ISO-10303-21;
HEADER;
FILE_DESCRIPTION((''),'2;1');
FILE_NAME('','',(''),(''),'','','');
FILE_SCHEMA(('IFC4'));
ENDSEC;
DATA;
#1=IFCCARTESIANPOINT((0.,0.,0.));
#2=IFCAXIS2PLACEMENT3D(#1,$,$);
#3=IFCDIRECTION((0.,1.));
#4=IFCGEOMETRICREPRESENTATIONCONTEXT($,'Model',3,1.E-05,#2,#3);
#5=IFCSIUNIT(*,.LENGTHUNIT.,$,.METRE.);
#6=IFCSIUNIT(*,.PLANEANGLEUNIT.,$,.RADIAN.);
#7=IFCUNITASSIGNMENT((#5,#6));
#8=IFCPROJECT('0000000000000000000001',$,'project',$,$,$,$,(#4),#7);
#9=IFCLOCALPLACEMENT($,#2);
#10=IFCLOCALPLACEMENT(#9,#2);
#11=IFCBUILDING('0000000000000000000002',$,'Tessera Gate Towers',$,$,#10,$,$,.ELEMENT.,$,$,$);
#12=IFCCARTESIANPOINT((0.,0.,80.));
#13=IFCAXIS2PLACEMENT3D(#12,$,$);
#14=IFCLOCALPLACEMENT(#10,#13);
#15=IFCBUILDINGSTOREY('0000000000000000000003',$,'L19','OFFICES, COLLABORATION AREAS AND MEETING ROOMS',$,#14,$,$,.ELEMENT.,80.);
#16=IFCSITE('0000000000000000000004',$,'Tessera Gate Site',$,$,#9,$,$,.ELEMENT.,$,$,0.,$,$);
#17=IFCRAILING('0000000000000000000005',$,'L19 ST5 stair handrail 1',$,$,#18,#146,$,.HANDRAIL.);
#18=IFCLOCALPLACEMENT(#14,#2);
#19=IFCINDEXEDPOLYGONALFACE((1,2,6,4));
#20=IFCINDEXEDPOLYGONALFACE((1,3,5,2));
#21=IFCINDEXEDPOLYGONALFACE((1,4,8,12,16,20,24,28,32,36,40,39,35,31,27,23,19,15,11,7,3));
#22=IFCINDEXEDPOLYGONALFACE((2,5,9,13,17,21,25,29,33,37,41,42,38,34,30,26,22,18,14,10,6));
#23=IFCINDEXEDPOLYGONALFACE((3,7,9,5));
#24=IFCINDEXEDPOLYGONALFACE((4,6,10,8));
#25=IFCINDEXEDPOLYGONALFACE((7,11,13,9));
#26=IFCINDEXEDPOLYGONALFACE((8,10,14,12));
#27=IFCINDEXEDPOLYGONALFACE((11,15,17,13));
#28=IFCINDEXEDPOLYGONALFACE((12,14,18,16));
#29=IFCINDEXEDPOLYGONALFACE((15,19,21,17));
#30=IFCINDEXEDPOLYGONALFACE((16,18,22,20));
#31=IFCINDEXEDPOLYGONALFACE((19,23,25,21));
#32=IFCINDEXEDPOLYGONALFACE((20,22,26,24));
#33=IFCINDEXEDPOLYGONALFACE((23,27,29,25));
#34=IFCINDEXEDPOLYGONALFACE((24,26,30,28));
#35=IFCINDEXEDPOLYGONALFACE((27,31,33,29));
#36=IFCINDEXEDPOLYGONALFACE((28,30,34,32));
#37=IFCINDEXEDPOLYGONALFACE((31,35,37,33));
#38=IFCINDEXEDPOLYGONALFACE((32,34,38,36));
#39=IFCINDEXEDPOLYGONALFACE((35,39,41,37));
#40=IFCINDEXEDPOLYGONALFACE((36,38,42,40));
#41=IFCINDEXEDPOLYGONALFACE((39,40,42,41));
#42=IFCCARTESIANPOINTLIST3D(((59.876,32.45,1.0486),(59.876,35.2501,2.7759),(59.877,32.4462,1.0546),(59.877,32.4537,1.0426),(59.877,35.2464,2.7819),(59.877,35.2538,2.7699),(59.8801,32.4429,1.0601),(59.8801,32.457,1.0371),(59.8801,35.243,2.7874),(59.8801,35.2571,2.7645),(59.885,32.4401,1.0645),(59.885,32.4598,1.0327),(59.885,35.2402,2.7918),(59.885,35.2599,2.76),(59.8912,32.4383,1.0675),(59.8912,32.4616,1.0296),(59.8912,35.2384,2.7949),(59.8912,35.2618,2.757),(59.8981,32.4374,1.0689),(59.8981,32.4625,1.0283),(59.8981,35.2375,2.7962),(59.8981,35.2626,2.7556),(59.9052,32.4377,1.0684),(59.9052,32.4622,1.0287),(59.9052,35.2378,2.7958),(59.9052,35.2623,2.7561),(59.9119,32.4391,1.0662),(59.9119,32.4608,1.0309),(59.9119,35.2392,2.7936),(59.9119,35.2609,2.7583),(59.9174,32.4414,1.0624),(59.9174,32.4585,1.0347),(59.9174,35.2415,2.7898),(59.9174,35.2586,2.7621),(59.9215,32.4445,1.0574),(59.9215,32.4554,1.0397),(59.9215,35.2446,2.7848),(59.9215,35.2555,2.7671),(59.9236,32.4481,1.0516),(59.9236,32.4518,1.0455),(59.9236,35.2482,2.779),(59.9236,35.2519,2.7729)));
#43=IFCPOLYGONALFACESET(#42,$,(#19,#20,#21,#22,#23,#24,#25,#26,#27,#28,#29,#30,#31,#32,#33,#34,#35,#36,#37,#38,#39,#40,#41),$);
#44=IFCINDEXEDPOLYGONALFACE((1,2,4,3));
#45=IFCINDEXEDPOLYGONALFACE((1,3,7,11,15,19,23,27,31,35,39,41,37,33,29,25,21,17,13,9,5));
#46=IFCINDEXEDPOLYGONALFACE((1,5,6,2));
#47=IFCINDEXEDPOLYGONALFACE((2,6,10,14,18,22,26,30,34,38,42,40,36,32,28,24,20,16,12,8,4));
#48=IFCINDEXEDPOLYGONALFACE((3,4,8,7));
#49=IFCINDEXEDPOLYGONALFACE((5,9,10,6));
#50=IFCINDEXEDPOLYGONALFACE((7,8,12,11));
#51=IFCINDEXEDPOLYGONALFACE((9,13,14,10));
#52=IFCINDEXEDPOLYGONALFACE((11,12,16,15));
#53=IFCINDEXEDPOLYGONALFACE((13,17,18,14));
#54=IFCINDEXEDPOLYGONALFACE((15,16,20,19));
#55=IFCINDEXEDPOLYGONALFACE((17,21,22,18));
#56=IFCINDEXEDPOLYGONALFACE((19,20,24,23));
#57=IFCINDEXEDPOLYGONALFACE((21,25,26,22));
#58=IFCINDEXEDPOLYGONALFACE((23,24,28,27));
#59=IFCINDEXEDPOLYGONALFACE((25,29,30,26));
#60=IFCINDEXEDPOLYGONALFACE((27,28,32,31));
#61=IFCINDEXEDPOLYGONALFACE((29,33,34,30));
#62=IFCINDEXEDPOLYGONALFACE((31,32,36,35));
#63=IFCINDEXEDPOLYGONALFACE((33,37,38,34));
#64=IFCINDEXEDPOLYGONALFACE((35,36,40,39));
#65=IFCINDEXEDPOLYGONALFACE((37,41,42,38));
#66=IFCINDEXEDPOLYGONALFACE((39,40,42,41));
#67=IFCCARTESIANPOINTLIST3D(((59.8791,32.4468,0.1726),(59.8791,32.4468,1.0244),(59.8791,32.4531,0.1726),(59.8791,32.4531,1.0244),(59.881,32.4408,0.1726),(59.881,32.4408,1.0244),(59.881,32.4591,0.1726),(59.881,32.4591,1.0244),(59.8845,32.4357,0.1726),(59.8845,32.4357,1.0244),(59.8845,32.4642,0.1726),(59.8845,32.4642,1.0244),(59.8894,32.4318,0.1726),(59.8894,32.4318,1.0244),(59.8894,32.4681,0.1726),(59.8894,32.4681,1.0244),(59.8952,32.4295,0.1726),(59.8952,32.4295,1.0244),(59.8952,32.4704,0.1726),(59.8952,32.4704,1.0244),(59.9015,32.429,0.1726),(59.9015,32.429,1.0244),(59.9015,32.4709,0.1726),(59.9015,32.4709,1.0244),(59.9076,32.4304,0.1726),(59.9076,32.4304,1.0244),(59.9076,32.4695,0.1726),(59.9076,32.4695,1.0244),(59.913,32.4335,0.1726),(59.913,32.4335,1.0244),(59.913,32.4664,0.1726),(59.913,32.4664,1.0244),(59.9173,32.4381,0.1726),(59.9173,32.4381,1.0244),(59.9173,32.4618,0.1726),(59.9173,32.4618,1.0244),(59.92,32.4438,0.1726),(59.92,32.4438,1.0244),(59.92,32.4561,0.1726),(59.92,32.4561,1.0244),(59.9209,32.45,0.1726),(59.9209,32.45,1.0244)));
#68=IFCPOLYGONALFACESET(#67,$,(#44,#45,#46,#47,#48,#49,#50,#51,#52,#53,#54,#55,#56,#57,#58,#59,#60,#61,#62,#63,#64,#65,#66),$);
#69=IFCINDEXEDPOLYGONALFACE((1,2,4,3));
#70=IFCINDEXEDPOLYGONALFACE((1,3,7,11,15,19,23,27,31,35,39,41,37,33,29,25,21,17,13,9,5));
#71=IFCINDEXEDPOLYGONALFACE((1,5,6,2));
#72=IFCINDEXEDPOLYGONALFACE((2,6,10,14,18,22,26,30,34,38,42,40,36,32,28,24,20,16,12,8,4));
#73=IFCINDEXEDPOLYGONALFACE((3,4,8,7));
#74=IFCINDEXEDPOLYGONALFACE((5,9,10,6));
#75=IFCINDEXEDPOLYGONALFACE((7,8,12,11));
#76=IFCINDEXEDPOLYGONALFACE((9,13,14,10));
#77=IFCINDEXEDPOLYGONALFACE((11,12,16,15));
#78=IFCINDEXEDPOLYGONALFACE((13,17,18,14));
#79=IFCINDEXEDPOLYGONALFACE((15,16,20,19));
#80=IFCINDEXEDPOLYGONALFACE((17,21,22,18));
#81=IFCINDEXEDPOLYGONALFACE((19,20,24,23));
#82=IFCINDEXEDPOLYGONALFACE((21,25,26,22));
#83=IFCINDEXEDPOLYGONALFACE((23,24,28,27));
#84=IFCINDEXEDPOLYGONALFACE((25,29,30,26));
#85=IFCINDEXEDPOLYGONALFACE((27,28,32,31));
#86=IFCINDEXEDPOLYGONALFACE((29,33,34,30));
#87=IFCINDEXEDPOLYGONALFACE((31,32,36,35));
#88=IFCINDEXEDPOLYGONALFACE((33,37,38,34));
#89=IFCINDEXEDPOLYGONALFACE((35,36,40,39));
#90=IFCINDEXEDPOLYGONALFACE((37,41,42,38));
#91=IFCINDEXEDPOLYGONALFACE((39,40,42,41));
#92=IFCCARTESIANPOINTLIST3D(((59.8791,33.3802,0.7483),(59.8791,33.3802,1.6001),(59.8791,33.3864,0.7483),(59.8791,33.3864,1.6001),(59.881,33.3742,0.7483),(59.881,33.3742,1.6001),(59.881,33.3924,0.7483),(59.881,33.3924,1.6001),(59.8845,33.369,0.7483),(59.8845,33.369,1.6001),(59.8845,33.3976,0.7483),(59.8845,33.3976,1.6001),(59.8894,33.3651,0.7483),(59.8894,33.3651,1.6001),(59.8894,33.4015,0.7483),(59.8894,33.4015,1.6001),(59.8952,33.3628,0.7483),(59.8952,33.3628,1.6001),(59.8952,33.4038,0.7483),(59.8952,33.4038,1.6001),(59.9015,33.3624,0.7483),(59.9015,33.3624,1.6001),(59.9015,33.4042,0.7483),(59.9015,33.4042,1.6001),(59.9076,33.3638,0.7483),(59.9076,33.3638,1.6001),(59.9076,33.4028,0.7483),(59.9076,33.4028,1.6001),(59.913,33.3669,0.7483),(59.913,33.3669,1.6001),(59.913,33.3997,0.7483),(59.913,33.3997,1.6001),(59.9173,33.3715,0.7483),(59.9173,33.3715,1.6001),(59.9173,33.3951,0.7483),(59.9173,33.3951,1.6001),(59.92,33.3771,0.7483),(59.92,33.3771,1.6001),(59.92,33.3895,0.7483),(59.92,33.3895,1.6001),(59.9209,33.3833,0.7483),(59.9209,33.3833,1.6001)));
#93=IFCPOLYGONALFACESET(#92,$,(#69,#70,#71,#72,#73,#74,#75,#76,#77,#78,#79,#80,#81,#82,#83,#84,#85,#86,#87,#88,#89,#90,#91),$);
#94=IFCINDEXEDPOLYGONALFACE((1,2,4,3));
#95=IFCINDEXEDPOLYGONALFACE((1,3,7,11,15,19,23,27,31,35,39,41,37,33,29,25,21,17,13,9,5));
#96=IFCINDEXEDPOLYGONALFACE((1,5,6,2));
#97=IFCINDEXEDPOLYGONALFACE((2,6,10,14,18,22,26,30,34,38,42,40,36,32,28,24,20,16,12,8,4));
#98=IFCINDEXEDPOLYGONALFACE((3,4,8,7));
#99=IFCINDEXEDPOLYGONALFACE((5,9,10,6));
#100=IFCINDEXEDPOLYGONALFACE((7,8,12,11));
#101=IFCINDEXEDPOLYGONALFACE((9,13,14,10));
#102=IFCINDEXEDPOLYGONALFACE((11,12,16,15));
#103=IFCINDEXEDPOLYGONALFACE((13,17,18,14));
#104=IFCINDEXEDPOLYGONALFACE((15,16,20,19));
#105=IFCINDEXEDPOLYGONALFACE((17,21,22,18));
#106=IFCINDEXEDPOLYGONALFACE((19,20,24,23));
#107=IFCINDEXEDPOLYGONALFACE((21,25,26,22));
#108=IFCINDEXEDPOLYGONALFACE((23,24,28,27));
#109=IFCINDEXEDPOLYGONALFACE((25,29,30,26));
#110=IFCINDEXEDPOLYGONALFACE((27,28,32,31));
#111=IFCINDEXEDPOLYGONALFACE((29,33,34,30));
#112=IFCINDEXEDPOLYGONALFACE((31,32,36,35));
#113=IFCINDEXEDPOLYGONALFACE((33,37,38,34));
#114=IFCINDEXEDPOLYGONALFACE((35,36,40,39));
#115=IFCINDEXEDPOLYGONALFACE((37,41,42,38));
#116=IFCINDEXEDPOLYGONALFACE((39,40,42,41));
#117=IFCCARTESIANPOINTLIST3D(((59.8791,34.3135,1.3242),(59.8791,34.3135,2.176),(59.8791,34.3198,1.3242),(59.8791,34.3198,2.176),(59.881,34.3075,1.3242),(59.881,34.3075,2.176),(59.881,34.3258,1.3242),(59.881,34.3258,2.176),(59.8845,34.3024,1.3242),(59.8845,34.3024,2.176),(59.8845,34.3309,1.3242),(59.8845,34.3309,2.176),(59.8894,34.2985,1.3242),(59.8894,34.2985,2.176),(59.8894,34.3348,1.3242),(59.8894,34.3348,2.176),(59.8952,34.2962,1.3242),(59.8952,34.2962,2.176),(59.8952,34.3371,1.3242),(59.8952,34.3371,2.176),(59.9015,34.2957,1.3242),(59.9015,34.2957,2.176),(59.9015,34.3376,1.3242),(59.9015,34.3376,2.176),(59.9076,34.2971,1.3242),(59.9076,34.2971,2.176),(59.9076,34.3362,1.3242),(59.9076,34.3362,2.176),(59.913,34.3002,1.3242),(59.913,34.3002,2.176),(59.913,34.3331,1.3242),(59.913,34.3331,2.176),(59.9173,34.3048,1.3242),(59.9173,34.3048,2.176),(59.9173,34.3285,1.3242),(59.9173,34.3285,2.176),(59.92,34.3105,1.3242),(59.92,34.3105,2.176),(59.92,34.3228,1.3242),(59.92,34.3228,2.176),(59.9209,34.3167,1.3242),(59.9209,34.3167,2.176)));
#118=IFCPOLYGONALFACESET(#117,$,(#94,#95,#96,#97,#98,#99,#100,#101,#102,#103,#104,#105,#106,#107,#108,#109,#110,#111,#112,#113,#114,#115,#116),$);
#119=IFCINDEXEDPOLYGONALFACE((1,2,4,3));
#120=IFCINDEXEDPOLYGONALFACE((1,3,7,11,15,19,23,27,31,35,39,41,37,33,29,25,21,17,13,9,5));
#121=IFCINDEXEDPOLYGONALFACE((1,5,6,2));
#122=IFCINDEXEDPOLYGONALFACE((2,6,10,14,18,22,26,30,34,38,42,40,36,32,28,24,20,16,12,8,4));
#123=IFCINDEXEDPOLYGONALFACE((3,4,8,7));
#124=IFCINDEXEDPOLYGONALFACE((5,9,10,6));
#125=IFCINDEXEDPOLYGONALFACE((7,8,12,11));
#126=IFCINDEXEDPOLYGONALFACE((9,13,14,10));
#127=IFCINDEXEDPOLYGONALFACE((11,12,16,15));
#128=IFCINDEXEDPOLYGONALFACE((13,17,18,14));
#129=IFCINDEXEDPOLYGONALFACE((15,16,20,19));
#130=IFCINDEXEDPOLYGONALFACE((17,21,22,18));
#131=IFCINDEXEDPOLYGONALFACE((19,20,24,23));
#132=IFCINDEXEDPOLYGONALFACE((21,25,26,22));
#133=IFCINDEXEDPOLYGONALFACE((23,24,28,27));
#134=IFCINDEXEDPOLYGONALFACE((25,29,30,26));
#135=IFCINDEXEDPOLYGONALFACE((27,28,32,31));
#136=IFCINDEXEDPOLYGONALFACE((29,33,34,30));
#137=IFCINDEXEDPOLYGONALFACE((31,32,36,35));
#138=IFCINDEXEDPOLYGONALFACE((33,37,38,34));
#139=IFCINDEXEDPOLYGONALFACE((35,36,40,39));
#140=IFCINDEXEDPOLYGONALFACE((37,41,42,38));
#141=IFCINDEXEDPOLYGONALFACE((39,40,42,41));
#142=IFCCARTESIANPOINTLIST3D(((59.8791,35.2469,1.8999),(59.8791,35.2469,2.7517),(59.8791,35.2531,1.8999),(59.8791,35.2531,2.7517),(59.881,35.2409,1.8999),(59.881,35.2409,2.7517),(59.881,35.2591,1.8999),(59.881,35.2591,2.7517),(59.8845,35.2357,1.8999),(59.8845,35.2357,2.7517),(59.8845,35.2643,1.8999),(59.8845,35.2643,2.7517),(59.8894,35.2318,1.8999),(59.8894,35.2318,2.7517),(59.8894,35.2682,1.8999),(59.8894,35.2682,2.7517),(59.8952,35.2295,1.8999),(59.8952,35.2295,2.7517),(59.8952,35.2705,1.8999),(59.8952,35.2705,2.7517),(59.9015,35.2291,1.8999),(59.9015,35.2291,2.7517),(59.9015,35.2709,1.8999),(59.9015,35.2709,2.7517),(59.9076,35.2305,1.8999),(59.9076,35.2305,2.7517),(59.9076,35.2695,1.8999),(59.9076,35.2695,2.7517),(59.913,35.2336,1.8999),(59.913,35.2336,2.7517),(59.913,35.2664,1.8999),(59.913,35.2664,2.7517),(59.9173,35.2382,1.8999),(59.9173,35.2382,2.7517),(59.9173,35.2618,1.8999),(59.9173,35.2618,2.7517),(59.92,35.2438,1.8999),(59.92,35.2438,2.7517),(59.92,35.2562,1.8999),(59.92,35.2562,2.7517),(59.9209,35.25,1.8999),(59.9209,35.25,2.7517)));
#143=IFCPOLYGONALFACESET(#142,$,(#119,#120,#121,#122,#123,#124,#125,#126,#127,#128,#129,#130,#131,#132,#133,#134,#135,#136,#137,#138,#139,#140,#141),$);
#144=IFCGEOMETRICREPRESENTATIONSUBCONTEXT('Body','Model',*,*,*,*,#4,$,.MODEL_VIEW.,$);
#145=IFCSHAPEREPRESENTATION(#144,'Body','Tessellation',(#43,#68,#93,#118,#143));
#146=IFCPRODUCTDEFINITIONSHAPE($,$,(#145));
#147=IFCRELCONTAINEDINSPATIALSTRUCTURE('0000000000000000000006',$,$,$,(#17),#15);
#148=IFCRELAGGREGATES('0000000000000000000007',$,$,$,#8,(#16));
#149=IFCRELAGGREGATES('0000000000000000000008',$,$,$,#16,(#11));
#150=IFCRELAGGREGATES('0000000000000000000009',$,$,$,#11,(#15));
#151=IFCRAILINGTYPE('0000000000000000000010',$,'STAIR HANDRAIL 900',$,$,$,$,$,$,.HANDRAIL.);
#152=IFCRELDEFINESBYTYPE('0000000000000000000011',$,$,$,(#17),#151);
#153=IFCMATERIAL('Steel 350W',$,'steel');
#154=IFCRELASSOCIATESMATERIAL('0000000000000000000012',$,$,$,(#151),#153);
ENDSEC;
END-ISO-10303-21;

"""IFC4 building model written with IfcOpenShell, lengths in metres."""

from ifc_helpers import new_model, si_unit, direction, frame, origin, origin_2d, place, context, subcontext, project, spatial, circle, extrude, material, type_object, element, save


model = new_model("IFC4")

# Units and contexts
model_context = context("Model", 3, precision=1e-05, world=origin(), true_north=direction((0.0, 1.0)))
body_context = subcontext(model_context, "Body", "Model", "MODEL_VIEW")
ifc_project = project(units=[si_unit("LENGTHUNIT", "METRE"), si_unit("PLANEANGLEUNIT", "RADIAN")], contexts=[model_context])

# Site, building, storey
site_placement = place(None, origin())
site = spatial("IfcSite", under=ifc_project, at=site_placement, Name="Tessera Gate Site", CompositionType="ELEMENT", RefElevation=0.0)
building_placement = place(site_placement, origin())
building = spatial("IfcBuilding", under=site, at=building_placement, Name="Tessera Gate Towers", CompositionType="ELEMENT")
storey_placement = place(building_placement, frame((0.0, 0.0, 80.0)))
storey = spatial("IfcBuildingStorey", under=building, at=storey_placement, Name="L19", Description="OFFICES, COLLABORATION AREAS AND MEETING ROOMS", CompositionType="ELEMENT", Elevation=80.0)

# Railing
ifc_material_1 = material(Name="Steel 350W", Category="steel")
railing_type_1 = type_object("IfcRailingType", Name="STAIR HANDRAIL 900", PredefinedType="HANDRAIL", material=ifc_material_1)
for number, where, name in (
    (1, (59.8999, 32.45, 0.1726), "L19 ST5 stair handrail 1"),
):
    element("IfcRailing", number, at=place(storey_placement, frame(where)), inside=storey, type_object=railing_type_1, Name=name, PredefinedType="HANDRAIL", context=body_context, shape_type="SweptSolid", body=[
        extrude(circle(Radius=0.0239, at=origin_2d()), frame((0.0, 0.0, 0.876), z_axis=(0.0, 0.85109, 0.52502), x_axis=(-1.0, 0.0, 0.0)), (0.0, 0.0, 1.0), 3.29),
        extrude(circle(Radius=0.021, at=origin_2d()), origin(), (0.0, 0.0, 1.0), 0.8518),
        extrude(circle(Radius=0.021, at=origin_2d()), frame((0.0, 0.9333, 0.5757)), (0.0, 0.0, 1.0), 0.8518),
        extrude(circle(Radius=0.021, at=origin_2d()), frame((0.0, 1.8667, 1.1516)), (0.0, 0.0, 1.0), 0.8518),
        extrude(circle(Radius=0.021, at=origin_2d()), frame((0.0, 2.8, 1.7273)), (0.0, 0.0, 1.0), 0.8518),
    ])

save(model, "model.ifc")
